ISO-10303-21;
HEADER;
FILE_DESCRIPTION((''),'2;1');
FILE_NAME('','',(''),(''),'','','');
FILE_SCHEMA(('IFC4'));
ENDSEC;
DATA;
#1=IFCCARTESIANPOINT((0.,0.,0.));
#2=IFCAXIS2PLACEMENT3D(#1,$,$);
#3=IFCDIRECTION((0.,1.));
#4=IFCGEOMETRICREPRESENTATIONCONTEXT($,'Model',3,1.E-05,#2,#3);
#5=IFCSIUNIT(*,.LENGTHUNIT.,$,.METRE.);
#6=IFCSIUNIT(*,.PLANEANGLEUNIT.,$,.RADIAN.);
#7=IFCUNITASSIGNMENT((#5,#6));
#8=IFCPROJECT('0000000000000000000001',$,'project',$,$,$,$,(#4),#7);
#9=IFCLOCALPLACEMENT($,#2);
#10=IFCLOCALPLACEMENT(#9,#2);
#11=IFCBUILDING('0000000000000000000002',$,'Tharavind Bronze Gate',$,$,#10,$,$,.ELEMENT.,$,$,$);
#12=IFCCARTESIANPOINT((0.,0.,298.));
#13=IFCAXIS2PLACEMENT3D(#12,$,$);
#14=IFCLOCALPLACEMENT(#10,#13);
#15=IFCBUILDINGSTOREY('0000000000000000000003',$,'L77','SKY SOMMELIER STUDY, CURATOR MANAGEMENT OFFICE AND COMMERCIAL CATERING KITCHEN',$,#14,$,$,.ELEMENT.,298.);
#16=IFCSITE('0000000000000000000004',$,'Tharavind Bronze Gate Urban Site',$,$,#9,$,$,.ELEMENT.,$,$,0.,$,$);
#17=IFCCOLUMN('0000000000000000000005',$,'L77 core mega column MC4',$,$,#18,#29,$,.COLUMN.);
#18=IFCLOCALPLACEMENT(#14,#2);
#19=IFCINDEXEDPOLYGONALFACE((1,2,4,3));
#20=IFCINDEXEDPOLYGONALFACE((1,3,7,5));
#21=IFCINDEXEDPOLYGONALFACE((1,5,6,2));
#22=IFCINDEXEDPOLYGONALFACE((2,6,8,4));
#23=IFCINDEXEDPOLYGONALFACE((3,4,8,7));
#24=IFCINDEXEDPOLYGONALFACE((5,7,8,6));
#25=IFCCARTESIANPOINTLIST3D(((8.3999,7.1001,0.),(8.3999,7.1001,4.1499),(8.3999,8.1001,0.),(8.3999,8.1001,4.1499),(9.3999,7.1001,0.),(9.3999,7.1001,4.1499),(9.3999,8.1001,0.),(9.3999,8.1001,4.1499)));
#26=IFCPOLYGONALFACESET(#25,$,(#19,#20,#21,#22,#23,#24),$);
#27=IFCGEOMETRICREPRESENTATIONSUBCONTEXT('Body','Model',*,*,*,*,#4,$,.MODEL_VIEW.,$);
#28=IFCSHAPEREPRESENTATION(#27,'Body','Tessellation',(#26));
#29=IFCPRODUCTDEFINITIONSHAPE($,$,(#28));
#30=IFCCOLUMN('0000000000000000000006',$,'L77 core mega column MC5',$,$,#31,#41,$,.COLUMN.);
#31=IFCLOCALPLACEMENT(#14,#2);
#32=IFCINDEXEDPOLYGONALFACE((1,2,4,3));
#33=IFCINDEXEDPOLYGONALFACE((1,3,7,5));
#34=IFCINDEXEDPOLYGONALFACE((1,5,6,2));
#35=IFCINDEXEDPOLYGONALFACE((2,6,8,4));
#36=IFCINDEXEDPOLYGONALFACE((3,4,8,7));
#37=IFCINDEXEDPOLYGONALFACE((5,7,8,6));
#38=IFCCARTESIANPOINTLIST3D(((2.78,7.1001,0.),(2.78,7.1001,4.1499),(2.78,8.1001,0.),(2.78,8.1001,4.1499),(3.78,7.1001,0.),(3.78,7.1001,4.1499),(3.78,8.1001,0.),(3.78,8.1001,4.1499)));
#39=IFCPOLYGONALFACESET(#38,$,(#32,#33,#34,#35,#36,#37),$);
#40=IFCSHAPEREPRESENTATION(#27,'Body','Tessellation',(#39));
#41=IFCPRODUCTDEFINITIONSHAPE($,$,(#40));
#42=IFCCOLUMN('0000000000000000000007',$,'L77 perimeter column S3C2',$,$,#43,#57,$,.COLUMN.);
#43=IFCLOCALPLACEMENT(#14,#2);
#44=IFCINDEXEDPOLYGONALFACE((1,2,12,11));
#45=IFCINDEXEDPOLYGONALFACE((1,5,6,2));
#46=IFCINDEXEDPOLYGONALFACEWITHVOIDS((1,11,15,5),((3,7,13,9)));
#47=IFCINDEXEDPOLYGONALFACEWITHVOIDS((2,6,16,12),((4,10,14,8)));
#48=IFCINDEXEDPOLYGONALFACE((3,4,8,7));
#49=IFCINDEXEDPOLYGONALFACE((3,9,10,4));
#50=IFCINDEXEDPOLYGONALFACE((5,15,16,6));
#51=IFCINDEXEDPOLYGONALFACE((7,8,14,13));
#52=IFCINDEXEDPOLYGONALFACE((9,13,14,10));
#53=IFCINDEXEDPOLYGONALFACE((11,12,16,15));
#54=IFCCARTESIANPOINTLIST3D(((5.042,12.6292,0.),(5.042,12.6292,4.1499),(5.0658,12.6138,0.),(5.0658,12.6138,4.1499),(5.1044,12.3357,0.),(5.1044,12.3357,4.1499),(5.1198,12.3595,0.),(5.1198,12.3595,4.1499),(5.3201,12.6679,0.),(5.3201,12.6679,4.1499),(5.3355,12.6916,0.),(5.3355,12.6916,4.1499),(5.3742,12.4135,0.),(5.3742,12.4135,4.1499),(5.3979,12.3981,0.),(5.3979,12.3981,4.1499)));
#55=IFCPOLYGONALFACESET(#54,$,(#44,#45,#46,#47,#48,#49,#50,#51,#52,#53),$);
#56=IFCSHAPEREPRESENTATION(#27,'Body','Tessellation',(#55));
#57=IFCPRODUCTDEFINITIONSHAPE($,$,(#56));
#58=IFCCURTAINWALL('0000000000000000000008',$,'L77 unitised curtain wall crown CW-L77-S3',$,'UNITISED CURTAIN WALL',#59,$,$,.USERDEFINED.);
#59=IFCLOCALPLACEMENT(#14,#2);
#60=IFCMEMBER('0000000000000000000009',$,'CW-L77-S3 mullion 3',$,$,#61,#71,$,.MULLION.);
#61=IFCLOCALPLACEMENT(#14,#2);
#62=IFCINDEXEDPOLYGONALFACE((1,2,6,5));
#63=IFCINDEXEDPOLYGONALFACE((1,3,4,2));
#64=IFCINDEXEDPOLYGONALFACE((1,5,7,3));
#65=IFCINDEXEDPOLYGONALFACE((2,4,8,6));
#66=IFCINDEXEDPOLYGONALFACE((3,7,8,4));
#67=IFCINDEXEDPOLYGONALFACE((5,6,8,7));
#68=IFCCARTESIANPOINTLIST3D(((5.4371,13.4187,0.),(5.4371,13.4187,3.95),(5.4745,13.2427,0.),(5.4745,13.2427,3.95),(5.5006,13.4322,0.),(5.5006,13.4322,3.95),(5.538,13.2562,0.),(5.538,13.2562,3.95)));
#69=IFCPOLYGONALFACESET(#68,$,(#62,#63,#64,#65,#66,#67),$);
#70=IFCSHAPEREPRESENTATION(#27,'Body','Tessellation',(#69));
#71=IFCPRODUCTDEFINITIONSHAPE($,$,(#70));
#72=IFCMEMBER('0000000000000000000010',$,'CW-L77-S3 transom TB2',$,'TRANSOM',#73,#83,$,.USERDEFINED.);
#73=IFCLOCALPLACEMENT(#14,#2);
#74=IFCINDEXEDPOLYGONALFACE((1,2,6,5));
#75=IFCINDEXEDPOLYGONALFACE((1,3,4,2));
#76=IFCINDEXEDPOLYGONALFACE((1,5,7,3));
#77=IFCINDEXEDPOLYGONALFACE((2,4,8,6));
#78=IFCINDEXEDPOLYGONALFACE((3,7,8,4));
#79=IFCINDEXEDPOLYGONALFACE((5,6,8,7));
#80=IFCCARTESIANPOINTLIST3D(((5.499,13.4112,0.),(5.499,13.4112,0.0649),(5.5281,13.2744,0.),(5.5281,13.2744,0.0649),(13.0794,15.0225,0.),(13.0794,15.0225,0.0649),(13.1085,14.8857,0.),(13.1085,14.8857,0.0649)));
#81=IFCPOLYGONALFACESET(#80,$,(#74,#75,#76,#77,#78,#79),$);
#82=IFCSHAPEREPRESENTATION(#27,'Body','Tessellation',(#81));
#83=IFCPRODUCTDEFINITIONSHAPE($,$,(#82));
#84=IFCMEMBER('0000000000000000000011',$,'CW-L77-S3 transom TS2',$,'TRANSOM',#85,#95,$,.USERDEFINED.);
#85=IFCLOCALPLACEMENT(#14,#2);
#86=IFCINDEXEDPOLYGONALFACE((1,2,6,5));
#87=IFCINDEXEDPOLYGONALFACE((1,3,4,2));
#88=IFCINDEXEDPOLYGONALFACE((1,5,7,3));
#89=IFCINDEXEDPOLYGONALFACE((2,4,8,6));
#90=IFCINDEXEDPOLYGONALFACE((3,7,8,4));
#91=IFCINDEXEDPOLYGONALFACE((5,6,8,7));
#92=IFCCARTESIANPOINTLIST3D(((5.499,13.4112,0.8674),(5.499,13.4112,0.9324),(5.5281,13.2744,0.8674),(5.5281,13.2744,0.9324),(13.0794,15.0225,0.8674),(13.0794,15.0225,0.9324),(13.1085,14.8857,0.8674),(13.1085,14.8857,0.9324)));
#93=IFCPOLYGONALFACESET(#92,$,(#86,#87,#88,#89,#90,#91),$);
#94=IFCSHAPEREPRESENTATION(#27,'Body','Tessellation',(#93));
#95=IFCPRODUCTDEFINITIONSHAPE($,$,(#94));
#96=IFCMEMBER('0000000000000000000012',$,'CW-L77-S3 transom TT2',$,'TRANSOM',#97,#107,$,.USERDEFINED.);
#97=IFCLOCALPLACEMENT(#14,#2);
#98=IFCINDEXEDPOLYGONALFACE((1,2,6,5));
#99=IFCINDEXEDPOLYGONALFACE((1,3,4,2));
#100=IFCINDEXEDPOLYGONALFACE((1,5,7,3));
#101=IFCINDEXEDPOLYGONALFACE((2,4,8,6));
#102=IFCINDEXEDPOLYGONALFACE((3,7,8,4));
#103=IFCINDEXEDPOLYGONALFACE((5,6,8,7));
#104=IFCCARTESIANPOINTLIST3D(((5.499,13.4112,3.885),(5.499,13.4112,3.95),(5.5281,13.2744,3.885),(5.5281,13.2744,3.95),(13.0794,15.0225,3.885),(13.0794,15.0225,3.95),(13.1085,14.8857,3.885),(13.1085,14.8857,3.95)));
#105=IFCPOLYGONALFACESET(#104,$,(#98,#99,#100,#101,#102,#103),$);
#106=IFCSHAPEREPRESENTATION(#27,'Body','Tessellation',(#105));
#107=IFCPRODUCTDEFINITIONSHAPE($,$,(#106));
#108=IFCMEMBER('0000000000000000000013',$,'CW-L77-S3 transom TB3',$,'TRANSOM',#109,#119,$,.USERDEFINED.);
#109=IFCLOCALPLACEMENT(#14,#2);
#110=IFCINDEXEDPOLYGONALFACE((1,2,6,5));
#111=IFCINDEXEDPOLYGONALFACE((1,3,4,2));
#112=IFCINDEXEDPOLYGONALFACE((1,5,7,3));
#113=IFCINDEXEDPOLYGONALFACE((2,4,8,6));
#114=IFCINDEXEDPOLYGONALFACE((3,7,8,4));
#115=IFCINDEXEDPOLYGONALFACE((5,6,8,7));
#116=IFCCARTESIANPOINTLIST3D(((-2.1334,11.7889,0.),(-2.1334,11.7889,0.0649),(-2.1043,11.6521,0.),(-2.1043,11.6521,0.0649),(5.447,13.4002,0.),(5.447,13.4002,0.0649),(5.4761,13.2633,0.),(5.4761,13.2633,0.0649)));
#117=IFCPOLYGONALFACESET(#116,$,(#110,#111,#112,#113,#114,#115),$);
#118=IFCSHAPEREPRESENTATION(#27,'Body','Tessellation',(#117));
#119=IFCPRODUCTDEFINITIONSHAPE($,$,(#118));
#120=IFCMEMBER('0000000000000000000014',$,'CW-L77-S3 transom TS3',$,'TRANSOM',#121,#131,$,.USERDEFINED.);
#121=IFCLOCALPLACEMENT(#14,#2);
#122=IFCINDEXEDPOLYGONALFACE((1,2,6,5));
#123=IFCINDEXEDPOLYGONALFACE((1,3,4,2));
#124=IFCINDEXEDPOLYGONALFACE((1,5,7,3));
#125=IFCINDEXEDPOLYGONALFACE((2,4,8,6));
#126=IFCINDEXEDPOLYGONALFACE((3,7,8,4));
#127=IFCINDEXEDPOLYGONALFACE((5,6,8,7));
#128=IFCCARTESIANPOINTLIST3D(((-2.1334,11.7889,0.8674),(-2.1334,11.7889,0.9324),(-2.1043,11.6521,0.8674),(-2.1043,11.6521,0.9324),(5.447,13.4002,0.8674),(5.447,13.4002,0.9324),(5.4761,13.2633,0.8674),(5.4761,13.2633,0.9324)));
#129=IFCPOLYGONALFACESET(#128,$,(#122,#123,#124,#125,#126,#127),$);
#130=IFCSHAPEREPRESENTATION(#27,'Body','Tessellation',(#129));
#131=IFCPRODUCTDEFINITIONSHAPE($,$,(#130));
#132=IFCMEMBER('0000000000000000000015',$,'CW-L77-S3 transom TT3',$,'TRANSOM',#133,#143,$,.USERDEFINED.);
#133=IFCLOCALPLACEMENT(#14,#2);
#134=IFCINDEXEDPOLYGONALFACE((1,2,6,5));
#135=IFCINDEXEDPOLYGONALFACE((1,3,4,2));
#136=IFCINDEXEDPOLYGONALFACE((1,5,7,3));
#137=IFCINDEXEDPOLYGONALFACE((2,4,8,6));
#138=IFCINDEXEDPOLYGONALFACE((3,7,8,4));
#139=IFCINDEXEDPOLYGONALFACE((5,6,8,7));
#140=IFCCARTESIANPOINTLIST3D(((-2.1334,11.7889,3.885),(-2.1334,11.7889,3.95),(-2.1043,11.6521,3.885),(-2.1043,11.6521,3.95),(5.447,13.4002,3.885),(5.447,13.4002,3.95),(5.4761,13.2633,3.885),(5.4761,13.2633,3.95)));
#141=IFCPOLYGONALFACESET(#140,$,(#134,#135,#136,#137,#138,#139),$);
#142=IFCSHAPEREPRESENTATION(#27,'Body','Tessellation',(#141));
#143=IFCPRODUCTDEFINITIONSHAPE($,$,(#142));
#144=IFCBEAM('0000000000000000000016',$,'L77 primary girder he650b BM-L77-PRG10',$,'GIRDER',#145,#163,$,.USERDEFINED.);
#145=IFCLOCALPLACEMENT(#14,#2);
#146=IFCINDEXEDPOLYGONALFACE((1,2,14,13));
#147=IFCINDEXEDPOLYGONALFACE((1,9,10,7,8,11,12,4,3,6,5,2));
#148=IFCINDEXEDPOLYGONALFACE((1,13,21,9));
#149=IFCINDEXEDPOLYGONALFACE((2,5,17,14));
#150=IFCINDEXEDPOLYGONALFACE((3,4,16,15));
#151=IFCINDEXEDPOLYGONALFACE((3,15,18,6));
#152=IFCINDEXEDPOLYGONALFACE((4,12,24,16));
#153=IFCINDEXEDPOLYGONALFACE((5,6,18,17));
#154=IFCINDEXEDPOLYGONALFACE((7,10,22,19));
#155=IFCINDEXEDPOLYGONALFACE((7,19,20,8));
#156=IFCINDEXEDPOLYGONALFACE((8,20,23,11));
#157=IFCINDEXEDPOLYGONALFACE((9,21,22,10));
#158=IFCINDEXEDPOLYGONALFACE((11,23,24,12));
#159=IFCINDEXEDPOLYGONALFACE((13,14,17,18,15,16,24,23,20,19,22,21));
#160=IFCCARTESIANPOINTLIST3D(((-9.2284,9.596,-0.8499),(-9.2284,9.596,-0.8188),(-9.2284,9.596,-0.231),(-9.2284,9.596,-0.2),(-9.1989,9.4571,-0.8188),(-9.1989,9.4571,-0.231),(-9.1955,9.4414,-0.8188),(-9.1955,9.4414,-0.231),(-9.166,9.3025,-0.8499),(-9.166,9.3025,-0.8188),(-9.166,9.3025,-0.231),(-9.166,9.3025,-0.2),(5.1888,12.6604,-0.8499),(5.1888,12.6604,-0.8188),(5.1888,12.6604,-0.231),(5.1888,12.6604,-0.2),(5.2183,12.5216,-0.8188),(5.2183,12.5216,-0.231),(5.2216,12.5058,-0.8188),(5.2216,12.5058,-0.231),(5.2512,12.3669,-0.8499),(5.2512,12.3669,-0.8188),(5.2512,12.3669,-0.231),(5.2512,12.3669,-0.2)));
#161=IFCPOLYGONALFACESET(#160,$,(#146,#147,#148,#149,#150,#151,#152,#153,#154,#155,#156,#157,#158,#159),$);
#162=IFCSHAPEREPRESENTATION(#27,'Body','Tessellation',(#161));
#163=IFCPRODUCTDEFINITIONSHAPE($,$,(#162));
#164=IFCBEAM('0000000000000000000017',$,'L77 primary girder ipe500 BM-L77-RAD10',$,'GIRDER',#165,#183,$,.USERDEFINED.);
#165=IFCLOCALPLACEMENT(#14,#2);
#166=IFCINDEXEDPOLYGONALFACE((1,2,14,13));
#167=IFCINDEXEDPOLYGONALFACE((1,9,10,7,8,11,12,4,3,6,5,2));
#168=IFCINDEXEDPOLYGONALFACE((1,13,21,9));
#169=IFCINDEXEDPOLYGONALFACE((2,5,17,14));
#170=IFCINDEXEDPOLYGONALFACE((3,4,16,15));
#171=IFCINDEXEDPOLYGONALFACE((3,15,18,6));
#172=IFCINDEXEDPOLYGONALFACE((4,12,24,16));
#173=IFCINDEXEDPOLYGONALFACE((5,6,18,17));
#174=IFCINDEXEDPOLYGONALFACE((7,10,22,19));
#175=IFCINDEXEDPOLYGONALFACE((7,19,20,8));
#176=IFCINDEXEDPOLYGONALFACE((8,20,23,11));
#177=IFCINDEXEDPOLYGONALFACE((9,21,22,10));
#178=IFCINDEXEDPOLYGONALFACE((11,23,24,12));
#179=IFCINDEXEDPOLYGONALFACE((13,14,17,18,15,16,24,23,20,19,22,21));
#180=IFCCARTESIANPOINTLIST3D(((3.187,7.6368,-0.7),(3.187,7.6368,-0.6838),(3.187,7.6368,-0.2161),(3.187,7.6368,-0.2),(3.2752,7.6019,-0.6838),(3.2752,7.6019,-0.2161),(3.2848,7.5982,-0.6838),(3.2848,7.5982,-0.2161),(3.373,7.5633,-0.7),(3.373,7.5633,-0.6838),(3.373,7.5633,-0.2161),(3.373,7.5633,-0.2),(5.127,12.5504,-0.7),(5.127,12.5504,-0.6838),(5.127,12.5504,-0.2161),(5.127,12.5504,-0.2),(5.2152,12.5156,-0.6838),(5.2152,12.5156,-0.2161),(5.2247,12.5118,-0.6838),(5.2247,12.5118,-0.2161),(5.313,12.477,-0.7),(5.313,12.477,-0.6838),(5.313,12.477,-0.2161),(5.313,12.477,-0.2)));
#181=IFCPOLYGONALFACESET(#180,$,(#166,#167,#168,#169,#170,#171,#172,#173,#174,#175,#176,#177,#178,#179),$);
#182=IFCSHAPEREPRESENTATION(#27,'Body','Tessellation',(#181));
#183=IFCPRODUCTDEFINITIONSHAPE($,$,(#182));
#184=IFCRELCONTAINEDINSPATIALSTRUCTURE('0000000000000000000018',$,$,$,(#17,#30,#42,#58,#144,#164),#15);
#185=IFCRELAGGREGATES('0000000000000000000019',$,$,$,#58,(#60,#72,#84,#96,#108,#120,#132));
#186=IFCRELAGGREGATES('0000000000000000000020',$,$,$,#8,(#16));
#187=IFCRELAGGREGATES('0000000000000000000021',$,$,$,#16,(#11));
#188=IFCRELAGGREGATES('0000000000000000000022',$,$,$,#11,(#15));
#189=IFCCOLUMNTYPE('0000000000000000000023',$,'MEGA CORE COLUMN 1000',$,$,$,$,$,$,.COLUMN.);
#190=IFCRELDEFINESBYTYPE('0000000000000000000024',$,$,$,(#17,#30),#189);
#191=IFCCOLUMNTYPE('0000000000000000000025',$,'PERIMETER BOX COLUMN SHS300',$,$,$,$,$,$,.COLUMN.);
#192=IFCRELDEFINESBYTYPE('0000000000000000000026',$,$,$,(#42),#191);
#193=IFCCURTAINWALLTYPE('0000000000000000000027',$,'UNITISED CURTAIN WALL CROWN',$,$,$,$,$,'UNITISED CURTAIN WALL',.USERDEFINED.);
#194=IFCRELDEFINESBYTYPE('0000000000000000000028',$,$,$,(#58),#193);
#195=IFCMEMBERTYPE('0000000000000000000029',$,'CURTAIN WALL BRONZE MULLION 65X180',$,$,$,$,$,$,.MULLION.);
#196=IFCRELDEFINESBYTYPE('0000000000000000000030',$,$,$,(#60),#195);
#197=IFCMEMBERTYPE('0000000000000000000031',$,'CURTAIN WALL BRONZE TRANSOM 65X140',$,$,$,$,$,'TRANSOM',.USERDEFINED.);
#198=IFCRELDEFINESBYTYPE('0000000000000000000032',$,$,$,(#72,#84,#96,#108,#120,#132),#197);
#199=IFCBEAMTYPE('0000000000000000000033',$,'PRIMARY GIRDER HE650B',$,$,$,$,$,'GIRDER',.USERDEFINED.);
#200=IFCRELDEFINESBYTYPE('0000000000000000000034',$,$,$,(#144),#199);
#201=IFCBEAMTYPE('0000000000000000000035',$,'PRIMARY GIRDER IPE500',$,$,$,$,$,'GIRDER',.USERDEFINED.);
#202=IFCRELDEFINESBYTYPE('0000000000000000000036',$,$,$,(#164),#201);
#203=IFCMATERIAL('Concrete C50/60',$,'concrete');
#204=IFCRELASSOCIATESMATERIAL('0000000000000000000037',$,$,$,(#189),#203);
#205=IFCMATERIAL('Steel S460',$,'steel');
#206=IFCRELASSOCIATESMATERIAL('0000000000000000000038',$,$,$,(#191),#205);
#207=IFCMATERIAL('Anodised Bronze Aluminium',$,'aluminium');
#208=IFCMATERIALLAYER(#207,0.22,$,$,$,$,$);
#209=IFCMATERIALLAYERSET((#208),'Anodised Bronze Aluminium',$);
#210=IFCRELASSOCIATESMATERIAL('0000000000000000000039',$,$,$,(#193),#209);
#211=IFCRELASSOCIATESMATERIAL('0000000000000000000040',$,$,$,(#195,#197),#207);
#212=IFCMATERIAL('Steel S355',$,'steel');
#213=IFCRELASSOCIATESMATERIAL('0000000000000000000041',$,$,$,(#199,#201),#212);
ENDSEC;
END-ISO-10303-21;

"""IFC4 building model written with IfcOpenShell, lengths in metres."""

from ifc_helpers import new_model, si_unit, direction, frame, origin, origin_2d, place, context, subcontext, project, spatial, rectangle, hollow_rectangle, i_section, extrude, material, layer, layer_set, material_profile, profile_set, type_object, element, aggregate, save


model = new_model("IFC4")

# Units and contexts
model_context = context("Model", 3, precision=1e-05, world=origin(), true_north=direction((0.0, 1.0)))
body_context = subcontext(model_context, "Body", "Model", "MODEL_VIEW")
ifc_project = project(units=[si_unit("LENGTHUNIT", "METRE"), si_unit("PLANEANGLEUNIT", "RADIAN")], contexts=[model_context])

# Site, building, storey
site_placement = place(None, origin())
site = spatial("IfcSite", under=ifc_project, at=site_placement, Name="Tharavind Bronze Gate Urban Site", CompositionType="ELEMENT", RefElevation=0.0)
building_placement = place(site_placement, origin())
building = spatial("IfcBuilding", under=site, at=building_placement, Name="Tharavind Bronze Gate", CompositionType="ELEMENT")
storey_placement = place(building_placement, frame((0.0, 0.0, 298.0)))
storey = spatial("IfcBuildingStorey", under=building, at=storey_placement, Name="L77", Description="SKY SOMMELIER STUDY, CURATOR MANAGEMENT OFFICE AND COMMERCIAL CATERING KITCHEN", CompositionType="ELEMENT", Elevation=298.0)

# Columns
ifc_material_1 = material(Name="Concrete C50/60", Category="concrete")
ifc_material_profile_1 = material_profile(ifc_material_1, rectangle(XDim=1.0, YDim=1.0, at=origin_2d()), Name="RCCOL1000")
ifc_profile_set_1 = profile_set([ifc_material_profile_1], Name="Concrete C50/60")
column_type_1 = type_object("IfcColumnType", Name="MEGA CORE COLUMN 1000", PredefinedType="COLUMN", material=ifc_profile_set_1)
for number, where, z_axis, x_axis, name in (
    (1, (8.8999, 7.6001, 0.0), (0.0, 0.0, 1.0), (1.0, 0.0, 0.0), "L77 core mega column MC4"),
    (2, (3.28, 7.6001, 0.0), (0.0, 0.0, 1.0), (1.0, 0.0, 0.0), "L77 core mega column MC5"),
):
    element("IfcColumn", number, at=place(storey_placement, frame(where, z_axis=z_axis, x_axis=x_axis)), inside=storey, type_object=column_type_1, Name=name, PredefinedType="COLUMN", context=body_context, shape_type="SweptSolid", body=[
        extrude(rectangle(XDim=1.0, YDim=1.0, at=origin_2d()), origin(), (0.0, 0.0, 1.0), 4.1499),
    ])
ifc_material_2 = material(Name="Steel S460", Category="steel")
ifc_material_profile_2 = material_profile(ifc_material_2, hollow_rectangle(XDim=0.3, YDim=0.3, WallThickness=0.02, at=origin_2d()), Name="SHS300X20")
ifc_profile_set_2 = profile_set([ifc_material_profile_2], Name="Steel S460")
column_type_2 = type_object("IfcColumnType", Name="PERIMETER BOX COLUMN SHS300", PredefinedType="COLUMN", material=ifc_profile_set_2)
column_placement = place(storey_placement, frame((5.22, 12.5137, 0.0), z_axis=(0.0, 0.0, 1.0), x_axis=(0.978147, 0.207913, 0.0)))
element("IfcColumn", 3, at=column_placement, inside=storey, type_object=column_type_2, Name="L77 perimeter column S3C2", PredefinedType="COLUMN", context=body_context, shape_type="SweptSolid", body=[
    extrude(hollow_rectangle(XDim=0.3, YDim=0.3, WallThickness=0.02, at=origin_2d()), origin(), (0.0, 0.0, 1.0), 4.1499),
])

# Curtain wall, members
ifc_material_3 = material(Name="Anodised Bronze Aluminium", Category="aluminium")
ifc_layer_1 = layer(ifc_material_3, 0.22)
ifc_layer_set_1 = layer_set([ifc_layer_1], Name="Anodised Bronze Aluminium")
curtain_wall_type = type_object("IfcCurtainWallType", Name="UNITISED CURTAIN WALL CROWN", ElementType="UNITISED CURTAIN WALL", PredefinedType="USERDEFINED", material=ifc_layer_set_1)
curtain_wall_placement = place(storey_placement, origin())
curtain_wall = element("IfcCurtainWall", 4, at=curtain_wall_placement, inside=storey, type_object=curtain_wall_type, Name="L77 unitised curtain wall crown CW-L77-S3", ObjectType="UNITISED CURTAIN WALL", PredefinedType="USERDEFINED")
member_type_1 = type_object("IfcMemberType", Name="CURTAIN WALL BRONZE MULLION 65X180", PredefinedType="MULLION", material=ifc_material_3)
member_1_placement = place(storey_placement, frame((5.4875, 13.3374, 0.0), z_axis=(0.0, 0.0, 1.0), x_axis=(-0.978147, -0.207913, 0.0)))
member_1 = element("IfcMember", 5, at=member_1_placement, type_object=member_type_1, Name="CW-L77-S3 mullion 3", PredefinedType="MULLION", context=body_context, shape_type="SweptSolid", body=[
    extrude(rectangle(XDim=0.0649, YDim=0.1799, at=origin_2d()), origin(), (0.0, 0.0, 1.0), 3.95),
])
member_type_2 = type_object("IfcMemberType", Name="CURTAIN WALL BRONZE TRANSOM 65X140", ElementType="TRANSOM", PredefinedType="USERDEFINED", material=ifc_material_3)
member_2_placement = place(storey_placement, frame((9.3037, 14.1484, 0.0), z_axis=(0.0, 0.0, 1.0), x_axis=(-0.978147, -0.207913, 0.0)))
member_2 = element("IfcMember", 6, at=member_2_placement, type_object=member_type_2, Name="CW-L77-S3 transom TB2", ObjectType="TRANSOM", PredefinedType="USERDEFINED", context=body_context, shape_type="SweptSolid", body=[
    extrude(rectangle(XDim=7.7498, YDim=0.1399, at=origin_2d()), origin(), (0.0, 0.0, 1.0), 0.0649),
])
member_3_placement = place(storey_placement, frame((9.3037, 14.1484, 0.8674), z_axis=(0.0, 0.0, 1.0), x_axis=(-0.978147, -0.207913, 0.0)))
member_3 = element("IfcMember", 7, at=member_3_placement, type_object=member_type_2, Name="CW-L77-S3 transom TS2", ObjectType="TRANSOM", PredefinedType="USERDEFINED", context=body_context, shape_type="SweptSolid", body=[
    extrude(rectangle(XDim=7.7498, YDim=0.1399, at=origin_2d()), origin(), (0.0, 0.0, 1.0), 0.0649),
])
member_4_placement = place(storey_placement, frame((9.3037, 14.1484, 3.885), z_axis=(0.0, 0.0, 1.0), x_axis=(-0.978147, -0.207913, 0.0)))
member_4 = element("IfcMember", 8, at=member_4_placement, type_object=member_type_2, Name="CW-L77-S3 transom TT2", ObjectType="TRANSOM", PredefinedType="USERDEFINED", context=body_context, shape_type="SweptSolid", body=[
    extrude(rectangle(XDim=7.7498, YDim=0.1399, at=origin_2d()), origin(), (0.0, 0.0, 1.0), 0.0649),
])
member_5_placement = place(storey_placement, frame((1.6714, 12.5261, 0.0), z_axis=(0.0, 0.0, 1.0), x_axis=(-0.978147, -0.207913, 0.0)))
member_5 = element("IfcMember", 9, at=member_5_placement, type_object=member_type_2, Name="CW-L77-S3 transom TB3", ObjectType="TRANSOM", PredefinedType="USERDEFINED", context=body_context, shape_type="SweptSolid", body=[
    extrude(rectangle(XDim=7.7498, YDim=0.1399, at=origin_2d()), origin(), (0.0, 0.0, 1.0), 0.0649),
])
member_6_placement = place(storey_placement, frame((1.6714, 12.5261, 0.8674), z_axis=(0.0, 0.0, 1.0), x_axis=(-0.978147, -0.207913, 0.0)))
member_6 = element("IfcMember", 10, at=member_6_placement, type_object=member_type_2, Name="CW-L77-S3 transom TS3", ObjectType="TRANSOM", PredefinedType="USERDEFINED", context=body_context, shape_type="SweptSolid", body=[
    extrude(rectangle(XDim=7.7498, YDim=0.1399, at=origin_2d()), origin(), (0.0, 0.0, 1.0), 0.0649),
])
member_7_placement = place(storey_placement, frame((1.6714, 12.5261, 3.885), z_axis=(0.0, 0.0, 1.0), x_axis=(-0.978147, -0.207913, 0.0)))
member_7 = element("IfcMember", 11, at=member_7_placement, type_object=member_type_2, Name="CW-L77-S3 transom TT3", ObjectType="TRANSOM", PredefinedType="USERDEFINED", context=body_context, shape_type="SweptSolid", body=[
    extrude(rectangle(XDim=7.7498, YDim=0.1399, at=origin_2d()), origin(), (0.0, 0.0, 1.0), 0.0649),
])

# Beams
ifc_material_4 = material(Name="Steel S355", Category="steel")
ifc_material_profile_3 = material_profile(ifc_material_4, i_section(OverallWidth=0.3, OverallDepth=0.6499, WebThickness=0.0161, FlangeThickness=0.031, at=origin_2d()), Name="HE650B")
ifc_profile_set_3 = profile_set([ifc_material_profile_3], Name="Steel S355")
beam_type_1 = type_object("IfcBeamType", Name="PRIMARY GIRDER HE650B", ElementType="GIRDER", PredefinedType="USERDEFINED", material=ifc_profile_set_3)
beam_1_placement = place(storey_placement, frame((5.22, 12.5137, -0.5249), z_axis=(-0.978148, -0.20791, 0.0), x_axis=(0.20791, -0.978148, 0.0)))
element("IfcBeam", 12, at=beam_1_placement, inside=storey, type_object=beam_type_1, Name="L77 primary girder he650b BM-L77-PRG10", ObjectType="GIRDER", PredefinedType="USERDEFINED", context=body_context, shape_type="SweptSolid", body=[
    extrude(i_section(OverallWidth=0.3, OverallDepth=0.6499, WebThickness=0.0161, FlangeThickness=0.031, at=origin_2d()), origin(), (0.0, 0.0, 1.0), 14.7393),
])
ifc_material_profile_4 = material_profile(ifc_material_4, i_section(OverallWidth=0.2, OverallDepth=0.5, WebThickness=0.0103, FlangeThickness=0.0161, at=origin_2d()), Name="IPE500")
ifc_profile_set_4 = profile_set([ifc_material_profile_4], Name="Steel S355")
beam_type_2 = type_object("IfcBeamType", Name="PRIMARY GIRDER IPE500", ElementType="GIRDER", PredefinedType="USERDEFINED", material=ifc_profile_set_4)
beam_2_placement = place(storey_placement, frame((5.22, 12.5137, -0.45), z_axis=(-0.367228, -0.930131, 0.0), x_axis=(0.930131, -0.367228, 0.0)))
element("IfcBeam", 13, at=beam_2_placement, inside=storey, type_object=beam_type_2, Name="L77 primary girder ipe500 BM-L77-RAD10", ObjectType="GIRDER", PredefinedType="USERDEFINED", context=body_context, shape_type="SweptSolid", body=[
    extrude(i_section(OverallWidth=0.2, OverallDepth=0.5, WebThickness=0.0103, FlangeThickness=0.0161, at=origin_2d()), origin(), (0.0, 0.0, 1.0), 5.2827),
])

aggregate(curtain_wall, [member_1, member_2, member_3, member_4, member_5, member_6, member_7])

save(model, "model.ifc")
